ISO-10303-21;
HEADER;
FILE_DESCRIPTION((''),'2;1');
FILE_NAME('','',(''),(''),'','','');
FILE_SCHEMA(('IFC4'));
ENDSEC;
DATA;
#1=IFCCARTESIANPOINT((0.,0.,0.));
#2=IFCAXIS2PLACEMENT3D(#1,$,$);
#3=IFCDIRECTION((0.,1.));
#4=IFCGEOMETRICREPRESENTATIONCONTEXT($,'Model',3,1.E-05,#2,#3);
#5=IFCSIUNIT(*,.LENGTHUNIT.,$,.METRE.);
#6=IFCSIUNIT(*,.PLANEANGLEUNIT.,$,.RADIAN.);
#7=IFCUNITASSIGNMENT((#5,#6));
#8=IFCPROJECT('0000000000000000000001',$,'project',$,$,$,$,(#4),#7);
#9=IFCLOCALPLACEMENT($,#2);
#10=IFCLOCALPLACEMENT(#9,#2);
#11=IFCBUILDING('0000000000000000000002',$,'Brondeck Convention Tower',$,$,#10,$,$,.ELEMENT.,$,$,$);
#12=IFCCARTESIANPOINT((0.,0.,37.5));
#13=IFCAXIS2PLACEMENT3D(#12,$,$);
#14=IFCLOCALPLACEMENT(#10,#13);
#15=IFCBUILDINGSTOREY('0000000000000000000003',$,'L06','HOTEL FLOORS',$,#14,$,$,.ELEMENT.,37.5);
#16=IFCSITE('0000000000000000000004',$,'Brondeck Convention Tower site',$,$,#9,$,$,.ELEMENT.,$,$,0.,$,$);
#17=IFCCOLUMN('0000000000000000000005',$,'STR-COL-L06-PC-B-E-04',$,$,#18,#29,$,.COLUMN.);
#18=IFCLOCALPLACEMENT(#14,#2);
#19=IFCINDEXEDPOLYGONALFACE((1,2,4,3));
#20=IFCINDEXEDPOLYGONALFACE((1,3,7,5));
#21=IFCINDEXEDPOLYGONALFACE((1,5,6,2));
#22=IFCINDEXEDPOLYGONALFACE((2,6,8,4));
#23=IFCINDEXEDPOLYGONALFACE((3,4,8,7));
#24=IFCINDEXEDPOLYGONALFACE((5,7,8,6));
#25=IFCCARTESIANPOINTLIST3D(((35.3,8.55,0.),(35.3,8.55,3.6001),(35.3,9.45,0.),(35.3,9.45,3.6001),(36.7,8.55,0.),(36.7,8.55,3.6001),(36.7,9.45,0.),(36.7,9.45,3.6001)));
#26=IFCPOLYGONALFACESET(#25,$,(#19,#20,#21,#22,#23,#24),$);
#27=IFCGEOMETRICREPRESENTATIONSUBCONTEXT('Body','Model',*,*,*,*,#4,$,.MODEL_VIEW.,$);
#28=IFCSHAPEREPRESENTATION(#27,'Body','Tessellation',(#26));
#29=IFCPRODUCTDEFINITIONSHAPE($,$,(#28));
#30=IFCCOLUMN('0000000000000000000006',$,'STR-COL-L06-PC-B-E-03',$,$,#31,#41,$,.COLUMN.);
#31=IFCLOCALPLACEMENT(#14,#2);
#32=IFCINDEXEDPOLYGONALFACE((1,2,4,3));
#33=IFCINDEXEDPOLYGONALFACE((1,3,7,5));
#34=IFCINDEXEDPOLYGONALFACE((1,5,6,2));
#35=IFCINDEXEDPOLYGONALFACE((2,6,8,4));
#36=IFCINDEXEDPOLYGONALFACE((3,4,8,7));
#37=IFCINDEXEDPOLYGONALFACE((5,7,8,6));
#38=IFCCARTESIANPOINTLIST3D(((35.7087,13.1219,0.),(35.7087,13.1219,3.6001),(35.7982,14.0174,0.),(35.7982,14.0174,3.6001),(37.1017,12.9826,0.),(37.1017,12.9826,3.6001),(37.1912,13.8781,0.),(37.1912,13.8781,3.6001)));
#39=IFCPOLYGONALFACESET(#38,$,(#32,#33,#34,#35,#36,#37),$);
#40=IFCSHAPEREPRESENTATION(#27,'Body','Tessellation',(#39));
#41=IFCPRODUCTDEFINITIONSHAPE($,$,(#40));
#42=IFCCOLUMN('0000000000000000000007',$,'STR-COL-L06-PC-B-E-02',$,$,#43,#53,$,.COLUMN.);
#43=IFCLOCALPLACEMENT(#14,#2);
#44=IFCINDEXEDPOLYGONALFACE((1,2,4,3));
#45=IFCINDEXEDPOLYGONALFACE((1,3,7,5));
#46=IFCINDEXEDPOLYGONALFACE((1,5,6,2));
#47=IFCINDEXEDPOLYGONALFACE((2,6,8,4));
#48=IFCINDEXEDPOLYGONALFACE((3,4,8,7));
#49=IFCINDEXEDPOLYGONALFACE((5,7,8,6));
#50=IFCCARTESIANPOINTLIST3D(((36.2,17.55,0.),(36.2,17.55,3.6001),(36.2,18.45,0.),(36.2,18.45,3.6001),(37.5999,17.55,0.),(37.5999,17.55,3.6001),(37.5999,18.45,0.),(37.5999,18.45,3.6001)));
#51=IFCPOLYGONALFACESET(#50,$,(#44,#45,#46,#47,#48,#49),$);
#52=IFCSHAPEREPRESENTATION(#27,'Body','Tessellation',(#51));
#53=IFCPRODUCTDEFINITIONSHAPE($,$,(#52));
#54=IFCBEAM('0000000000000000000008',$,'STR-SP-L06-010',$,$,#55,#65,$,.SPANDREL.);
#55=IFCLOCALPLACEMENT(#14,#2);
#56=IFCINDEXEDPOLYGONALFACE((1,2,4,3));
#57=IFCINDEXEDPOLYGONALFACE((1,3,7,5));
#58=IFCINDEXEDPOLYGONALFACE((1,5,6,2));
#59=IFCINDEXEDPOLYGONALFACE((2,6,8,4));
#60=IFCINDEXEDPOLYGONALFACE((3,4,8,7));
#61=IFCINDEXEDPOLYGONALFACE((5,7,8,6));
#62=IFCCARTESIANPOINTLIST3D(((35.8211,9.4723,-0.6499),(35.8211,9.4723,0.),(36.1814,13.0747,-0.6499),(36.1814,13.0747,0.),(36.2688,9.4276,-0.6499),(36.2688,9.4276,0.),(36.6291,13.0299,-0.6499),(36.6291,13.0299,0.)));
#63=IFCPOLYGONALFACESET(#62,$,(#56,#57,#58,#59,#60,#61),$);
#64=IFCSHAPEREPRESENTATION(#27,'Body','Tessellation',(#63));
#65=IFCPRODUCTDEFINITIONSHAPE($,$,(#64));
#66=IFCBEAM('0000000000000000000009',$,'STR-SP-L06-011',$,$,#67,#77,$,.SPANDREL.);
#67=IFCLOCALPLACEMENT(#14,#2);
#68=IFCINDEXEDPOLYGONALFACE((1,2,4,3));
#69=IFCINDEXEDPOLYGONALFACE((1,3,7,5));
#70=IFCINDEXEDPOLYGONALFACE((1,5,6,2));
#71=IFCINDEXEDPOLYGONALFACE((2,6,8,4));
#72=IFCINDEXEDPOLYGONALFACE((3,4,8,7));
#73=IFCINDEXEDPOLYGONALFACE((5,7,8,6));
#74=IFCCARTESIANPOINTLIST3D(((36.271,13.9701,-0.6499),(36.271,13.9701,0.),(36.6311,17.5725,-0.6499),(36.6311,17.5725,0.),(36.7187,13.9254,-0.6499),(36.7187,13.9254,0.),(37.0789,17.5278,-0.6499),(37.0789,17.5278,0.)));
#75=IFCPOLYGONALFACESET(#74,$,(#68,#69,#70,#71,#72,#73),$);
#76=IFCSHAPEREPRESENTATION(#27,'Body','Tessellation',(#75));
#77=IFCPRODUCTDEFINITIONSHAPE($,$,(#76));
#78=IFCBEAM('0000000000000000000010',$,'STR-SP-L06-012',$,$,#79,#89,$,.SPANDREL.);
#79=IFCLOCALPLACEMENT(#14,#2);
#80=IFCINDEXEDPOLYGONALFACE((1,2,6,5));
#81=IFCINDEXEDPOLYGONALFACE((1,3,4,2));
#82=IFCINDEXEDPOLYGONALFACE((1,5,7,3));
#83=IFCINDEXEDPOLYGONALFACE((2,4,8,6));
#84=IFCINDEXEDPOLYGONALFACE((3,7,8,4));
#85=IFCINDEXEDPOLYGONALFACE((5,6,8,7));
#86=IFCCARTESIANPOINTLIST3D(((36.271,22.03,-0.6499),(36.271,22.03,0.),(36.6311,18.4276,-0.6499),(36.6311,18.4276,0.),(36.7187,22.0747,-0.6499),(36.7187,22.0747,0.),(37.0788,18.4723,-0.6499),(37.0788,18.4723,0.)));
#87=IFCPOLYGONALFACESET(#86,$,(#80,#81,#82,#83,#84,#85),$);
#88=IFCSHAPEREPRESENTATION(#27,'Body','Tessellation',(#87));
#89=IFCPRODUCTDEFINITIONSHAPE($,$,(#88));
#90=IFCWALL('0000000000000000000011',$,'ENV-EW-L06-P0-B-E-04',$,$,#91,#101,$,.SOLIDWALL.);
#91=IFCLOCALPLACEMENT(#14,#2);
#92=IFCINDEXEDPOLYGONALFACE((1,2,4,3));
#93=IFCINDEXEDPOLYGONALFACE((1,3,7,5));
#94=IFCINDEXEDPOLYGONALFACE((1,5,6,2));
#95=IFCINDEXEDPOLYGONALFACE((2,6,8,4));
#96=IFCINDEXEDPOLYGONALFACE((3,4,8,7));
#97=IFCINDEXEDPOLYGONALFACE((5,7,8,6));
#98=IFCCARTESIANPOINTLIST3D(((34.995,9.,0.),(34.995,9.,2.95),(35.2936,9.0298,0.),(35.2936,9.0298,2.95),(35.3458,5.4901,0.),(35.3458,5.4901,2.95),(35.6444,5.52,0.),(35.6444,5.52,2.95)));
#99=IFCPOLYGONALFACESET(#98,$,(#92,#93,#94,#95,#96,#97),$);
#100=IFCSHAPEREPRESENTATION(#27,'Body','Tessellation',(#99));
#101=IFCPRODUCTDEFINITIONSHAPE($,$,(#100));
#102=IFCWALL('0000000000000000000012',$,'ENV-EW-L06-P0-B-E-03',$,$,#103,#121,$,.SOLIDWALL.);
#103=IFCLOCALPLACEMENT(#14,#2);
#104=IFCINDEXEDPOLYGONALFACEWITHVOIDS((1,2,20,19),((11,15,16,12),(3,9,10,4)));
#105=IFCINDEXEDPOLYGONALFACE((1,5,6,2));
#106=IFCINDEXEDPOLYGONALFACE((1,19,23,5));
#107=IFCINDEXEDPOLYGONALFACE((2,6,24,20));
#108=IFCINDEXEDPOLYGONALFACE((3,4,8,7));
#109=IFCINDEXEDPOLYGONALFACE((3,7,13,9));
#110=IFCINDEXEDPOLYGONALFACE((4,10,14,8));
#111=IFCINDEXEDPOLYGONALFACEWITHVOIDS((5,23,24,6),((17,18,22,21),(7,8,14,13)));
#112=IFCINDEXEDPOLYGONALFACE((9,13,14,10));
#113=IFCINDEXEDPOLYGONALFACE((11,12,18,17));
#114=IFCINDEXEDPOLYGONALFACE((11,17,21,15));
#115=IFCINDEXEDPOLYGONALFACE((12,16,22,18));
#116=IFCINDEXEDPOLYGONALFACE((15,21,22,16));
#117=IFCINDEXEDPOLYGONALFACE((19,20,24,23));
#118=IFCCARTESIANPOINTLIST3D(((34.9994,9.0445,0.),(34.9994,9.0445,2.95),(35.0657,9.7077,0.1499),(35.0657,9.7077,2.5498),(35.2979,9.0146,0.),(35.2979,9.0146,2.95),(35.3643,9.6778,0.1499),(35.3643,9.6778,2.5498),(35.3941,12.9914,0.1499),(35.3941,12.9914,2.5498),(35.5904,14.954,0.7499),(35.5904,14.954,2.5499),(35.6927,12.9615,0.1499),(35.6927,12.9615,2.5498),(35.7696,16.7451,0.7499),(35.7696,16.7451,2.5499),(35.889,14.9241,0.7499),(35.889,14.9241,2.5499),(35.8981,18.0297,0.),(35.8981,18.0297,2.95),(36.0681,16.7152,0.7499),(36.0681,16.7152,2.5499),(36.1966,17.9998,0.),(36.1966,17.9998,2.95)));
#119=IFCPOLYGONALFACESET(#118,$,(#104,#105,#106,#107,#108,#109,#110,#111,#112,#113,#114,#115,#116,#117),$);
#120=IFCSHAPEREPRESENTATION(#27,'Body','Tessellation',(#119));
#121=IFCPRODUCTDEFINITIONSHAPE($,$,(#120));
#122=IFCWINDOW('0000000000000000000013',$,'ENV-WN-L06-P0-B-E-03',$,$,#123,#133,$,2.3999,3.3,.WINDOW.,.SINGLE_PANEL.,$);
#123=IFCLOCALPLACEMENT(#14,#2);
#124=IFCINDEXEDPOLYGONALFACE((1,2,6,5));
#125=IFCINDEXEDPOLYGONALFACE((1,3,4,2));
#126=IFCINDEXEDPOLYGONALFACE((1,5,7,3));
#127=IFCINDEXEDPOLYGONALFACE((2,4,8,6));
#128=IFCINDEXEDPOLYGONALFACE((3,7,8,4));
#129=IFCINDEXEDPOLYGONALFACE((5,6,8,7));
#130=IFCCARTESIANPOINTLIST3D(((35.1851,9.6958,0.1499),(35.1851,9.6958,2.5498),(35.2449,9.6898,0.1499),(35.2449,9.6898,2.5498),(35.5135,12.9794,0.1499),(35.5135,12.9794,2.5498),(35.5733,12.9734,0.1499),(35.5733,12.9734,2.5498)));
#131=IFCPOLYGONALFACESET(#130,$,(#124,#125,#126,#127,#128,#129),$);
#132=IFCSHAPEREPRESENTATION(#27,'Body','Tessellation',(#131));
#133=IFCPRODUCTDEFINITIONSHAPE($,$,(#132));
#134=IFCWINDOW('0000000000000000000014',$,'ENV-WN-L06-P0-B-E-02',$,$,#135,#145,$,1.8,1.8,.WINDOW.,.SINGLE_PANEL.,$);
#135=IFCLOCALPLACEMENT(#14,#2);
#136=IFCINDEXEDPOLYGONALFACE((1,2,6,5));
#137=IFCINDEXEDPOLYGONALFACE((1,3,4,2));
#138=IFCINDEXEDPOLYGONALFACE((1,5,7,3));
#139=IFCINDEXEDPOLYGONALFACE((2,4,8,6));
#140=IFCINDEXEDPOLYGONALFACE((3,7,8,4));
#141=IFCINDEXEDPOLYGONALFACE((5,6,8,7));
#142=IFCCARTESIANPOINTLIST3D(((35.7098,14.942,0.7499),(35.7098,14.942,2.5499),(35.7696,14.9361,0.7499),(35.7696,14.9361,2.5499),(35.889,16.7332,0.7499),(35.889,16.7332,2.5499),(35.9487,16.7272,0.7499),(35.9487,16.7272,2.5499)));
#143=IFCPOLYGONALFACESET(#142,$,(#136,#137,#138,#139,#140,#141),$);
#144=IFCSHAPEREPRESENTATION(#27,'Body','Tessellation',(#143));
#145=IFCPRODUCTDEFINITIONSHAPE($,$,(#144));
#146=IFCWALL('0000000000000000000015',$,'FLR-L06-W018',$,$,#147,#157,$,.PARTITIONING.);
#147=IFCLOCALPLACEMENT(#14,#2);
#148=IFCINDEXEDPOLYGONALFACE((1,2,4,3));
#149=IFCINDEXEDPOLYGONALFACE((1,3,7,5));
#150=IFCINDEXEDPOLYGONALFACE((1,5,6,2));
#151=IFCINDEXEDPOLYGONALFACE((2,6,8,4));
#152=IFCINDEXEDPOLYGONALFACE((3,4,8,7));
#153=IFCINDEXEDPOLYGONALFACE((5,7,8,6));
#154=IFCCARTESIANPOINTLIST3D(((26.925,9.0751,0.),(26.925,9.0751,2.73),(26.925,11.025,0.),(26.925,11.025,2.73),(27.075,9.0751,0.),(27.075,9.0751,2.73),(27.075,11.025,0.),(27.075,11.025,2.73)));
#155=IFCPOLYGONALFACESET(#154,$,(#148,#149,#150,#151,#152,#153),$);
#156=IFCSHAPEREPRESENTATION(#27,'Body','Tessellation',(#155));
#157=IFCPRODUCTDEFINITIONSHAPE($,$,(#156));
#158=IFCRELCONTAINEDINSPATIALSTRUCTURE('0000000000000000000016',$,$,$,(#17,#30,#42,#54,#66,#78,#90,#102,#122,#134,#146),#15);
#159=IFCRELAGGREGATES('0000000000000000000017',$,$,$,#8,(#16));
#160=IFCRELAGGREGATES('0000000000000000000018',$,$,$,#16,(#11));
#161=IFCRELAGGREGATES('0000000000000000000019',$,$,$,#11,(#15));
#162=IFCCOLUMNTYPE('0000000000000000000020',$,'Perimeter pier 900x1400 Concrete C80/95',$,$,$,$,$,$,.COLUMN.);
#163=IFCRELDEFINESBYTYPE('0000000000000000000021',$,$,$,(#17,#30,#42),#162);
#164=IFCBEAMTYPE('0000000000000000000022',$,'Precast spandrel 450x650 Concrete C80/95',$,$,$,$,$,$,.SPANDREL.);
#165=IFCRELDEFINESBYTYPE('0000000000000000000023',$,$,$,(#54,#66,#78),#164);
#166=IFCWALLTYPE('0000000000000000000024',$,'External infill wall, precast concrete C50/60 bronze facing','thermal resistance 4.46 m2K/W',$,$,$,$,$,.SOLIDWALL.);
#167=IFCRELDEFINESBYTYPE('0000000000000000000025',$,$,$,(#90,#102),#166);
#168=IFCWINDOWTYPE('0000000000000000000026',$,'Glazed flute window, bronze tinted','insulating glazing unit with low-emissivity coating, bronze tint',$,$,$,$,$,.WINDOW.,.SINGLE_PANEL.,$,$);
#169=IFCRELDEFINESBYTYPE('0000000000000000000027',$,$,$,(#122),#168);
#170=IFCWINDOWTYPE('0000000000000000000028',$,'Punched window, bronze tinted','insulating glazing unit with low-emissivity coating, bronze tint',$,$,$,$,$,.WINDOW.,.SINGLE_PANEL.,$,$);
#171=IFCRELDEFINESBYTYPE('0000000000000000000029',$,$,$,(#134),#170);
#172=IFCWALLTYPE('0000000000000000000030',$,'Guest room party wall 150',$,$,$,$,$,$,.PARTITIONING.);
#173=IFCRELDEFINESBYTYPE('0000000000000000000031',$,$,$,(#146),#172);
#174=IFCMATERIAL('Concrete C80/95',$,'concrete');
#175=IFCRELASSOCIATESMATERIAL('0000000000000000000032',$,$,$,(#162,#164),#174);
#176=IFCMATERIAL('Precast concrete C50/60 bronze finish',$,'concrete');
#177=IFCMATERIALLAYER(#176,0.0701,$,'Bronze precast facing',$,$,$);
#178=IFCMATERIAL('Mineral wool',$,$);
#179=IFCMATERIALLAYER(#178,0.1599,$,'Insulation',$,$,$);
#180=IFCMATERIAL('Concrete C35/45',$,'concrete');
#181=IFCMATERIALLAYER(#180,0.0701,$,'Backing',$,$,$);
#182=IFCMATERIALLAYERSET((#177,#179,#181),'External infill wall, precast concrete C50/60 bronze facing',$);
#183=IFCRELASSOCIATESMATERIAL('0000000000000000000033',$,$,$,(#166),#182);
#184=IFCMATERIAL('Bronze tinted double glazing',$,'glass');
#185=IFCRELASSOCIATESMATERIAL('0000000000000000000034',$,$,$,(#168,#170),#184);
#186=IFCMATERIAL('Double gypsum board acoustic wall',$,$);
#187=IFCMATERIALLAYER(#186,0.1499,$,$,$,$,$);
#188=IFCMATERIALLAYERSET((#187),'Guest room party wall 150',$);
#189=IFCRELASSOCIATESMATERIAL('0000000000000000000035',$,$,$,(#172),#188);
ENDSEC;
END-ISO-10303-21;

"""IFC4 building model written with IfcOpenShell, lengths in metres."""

from ifc_helpers import new_model, si_unit, direction, frame, frame_2d, origin, origin_2d, place, context, subcontext, project, spatial, rectangle, extrude, material, layer, layer_set, material_profile, profile_set, type_object, element, fill, save


model = new_model("IFC4")

# Units and contexts
model_context = context("Model", 3, precision=1e-05, world=origin(), true_north=direction((0.0, 1.0)))
body_context = subcontext(model_context, "Body", "Model", "MODEL_VIEW")
ifc_project = project(units=[si_unit("LENGTHUNIT", "METRE"), si_unit("PLANEANGLEUNIT", "RADIAN")], contexts=[model_context])

# Site, building, storey
site_placement = place(None, origin())
site = spatial("IfcSite", under=ifc_project, at=site_placement, Name="Brondeck Convention Tower site", CompositionType="ELEMENT", RefElevation=0.0)
building_placement = place(site_placement, origin())
building = spatial("IfcBuilding", under=site, at=building_placement, Name="Brondeck Convention Tower", CompositionType="ELEMENT")
storey_placement = place(building_placement, frame((0.0, 0.0, 37.5)))
storey = spatial("IfcBuildingStorey", under=building, at=storey_placement, Name="L06", Description="HOTEL FLOORS", CompositionType="ELEMENT", Elevation=37.5)

# Columns
ifc_material_1 = material(Name="Concrete C80/95", Category="concrete")
ifc_material_profile_1 = material_profile(ifc_material_1, rectangle(XDim=0.8999, YDim=1.3999, at=origin_2d()), Name="Perimeter pier 900x1400 Concrete C80/95")
ifc_profile_set_1 = profile_set([ifc_material_profile_1], Name="Concrete C80/95")
column_type = type_object("IfcColumnType", Name="Perimeter pier 900x1400 Concrete C80/95", PredefinedType="COLUMN", material=ifc_profile_set_1)
for number, where, z_axis, x_axis, name in (
    (1, (36.0, 9.0, 0.0), (0.0, 0.0, 1.0), (0.0, 1.0, 0.0), "STR-COL-L06-PC-B-E-04"),
    (2, (36.45, 13.5, 0.0), (0.0, 0.0, 1.0), (0.099504, 0.995037, 0.0), "STR-COL-L06-PC-B-E-03"),
    (3, (36.8999, 18.0, 0.0), (0.0, 0.0, 1.0), (0.0, 1.0, 0.0), "STR-COL-L06-PC-B-E-02"),
):
    element("IfcColumn", number, at=place(storey_placement, frame(where, z_axis=z_axis, x_axis=x_axis)), inside=storey, type_object=column_type, Name=name, PredefinedType="COLUMN", context=body_context, shape_type="SweptSolid", body=[
        extrude(rectangle(XDim=0.8999, YDim=1.3999, at=origin_2d()), origin(), (0.0, 0.0, 1.0), 3.6001),
    ])

# Beams
ifc_material_profile_2 = material_profile(ifc_material_1, rectangle(XDim=0.45, YDim=0.6499, at=origin_2d()), Name="Precast spandrel 450x650 Concrete C80/95")
ifc_profile_set_2 = profile_set([ifc_material_profile_2], Name="Concrete C80/95")
beam_type = type_object("IfcBeamType", Name="Precast spandrel 450x650 Concrete C80/95", PredefinedType="SPANDREL", material=ifc_profile_set_2)
for number, where, z_axis, x_axis, name in (
    (4, (36.0449, 9.45, -0.325), (0.099537, 0.995034, 0.0), (-0.995034, 0.099537, 0.0), "STR-SP-L06-010"),
    (5, (36.4949, 13.9478, -0.325), (0.09947, 0.995041, 0.0), (-0.995041, 0.09947, 0.0), "STR-SP-L06-011"),
    (6, (36.855, 18.45, -0.325), (-0.09947, 0.995041, 0.0), (-0.995041, -0.09947, 0.0), "STR-SP-L06-012"),
):
    element("IfcBeam", number, at=place(storey_placement, frame(where, z_axis=z_axis, x_axis=x_axis)), inside=storey, type_object=beam_type, Name=name, PredefinedType="SPANDREL", context=body_context, shape_type="SweptSolid", body=[
        extrude(rectangle(XDim=0.45, YDim=0.6499, at=origin_2d()), origin(), (0.0, 0.0, 1.0), 3.6204),
    ])

# Wall
ifc_material_2 = material(Name="Precast concrete C50/60 bronze finish", Category="concrete")
ifc_layer_1 = layer(ifc_material_2, 0.0701, Name="Bronze precast facing")
ifc_material_3 = material(Name="Mineral wool")
ifc_layer_2 = layer(ifc_material_3, 0.1599, Name="Insulation")
ifc_material_4 = material(Name="Concrete C35/45", Category="concrete")
ifc_layer_3 = layer(ifc_material_4, 0.0701, Name="Backing")
ifc_layer_set_1 = layer_set([ifc_layer_1, ifc_layer_2, ifc_layer_3], Name="External infill wall, precast concrete C50/60 bronze facing")
wall_type_1 = type_object("IfcWallType", Name="External infill wall, precast concrete C50/60 bronze facing", Description="thermal resistance 4.46 m2K/W", PredefinedType="SOLIDWALL", material=ifc_layer_set_1)
wall_1_placement = place(storey_placement, frame((35.1443, 9.0149, 0.0), z_axis=(0.0, 0.0, 1.0), x_axis=(0.099463, -0.995041, 0.0)))
element("IfcWall", 7, at=wall_1_placement, inside=storey, type_object=wall_type_1, Name="ENV-EW-L06-P0-B-E-04", PredefinedType="SOLIDWALL", context=body_context, shape_type="SweptSolid", body=[
    extrude(rectangle(XDim=3.5273, YDim=0.3, at=frame_2d((1.7637, 0.0))), origin(), (0.0, 0.0, 1.0), 2.95),
])

# Wall, openings, windows
wall_2_placement = place(storey_placement, frame((36.0474, 18.0149, 0.0), z_axis=(0.0, 0.0, 1.0), x_axis=(-0.099522, -0.995035, 0.0)))
wall_2 = element("IfcWall", 8, at=wall_2_placement, inside=storey, type_object=wall_type_1, Name="ENV-EW-L06-P0-B-E-03", PredefinedType="SOLIDWALL", context=body_context, shape_type="SweptSolid", body=[
    extrude(rectangle(XDim=9.03, YDim=0.3, at=frame_2d((4.5151, 0.0))), origin(), (0.0, 0.0, 1.0), 2.95),
])
opening_1_placement = place(wall_2_placement, frame((1.2913, 0.0, 0.75)))
opening_1 = element("IfcOpeningElement", 9, at=opening_1_placement, cuts=wall_2, PredefinedType="OPENING", context=body_context, shape_type="SweptSolid", body=[
    extrude(rectangle(XDim=1.8, YDim=1.8, at=frame_2d((0.8999, 0.8999))), frame((0.0, 0.1599, 0.0), z_axis=(0.0, -1.0, 0.0), x_axis=(1.0, 0.0, 0.0)), (0.0, 0.0, 1.0), 0.3201),
])
opening_2_placement = place(wall_2_placement, frame((5.0637, 0.0, 0.1499)))
opening_2 = element("IfcOpeningElement", 10, at=opening_2_placement, cuts=wall_2, PredefinedType="OPENING", context=body_context, shape_type="SweptSolid", body=[
    extrude(rectangle(XDim=3.3, YDim=2.3999, at=frame_2d((1.6499, 1.2))), frame((0.0, 0.1599, 0.0), z_axis=(0.0, -1.0, 0.0), x_axis=(1.0, 0.0, 0.0)), (0.0, 0.0, 1.0), 0.3201),
])
ifc_material_5 = material(Name="Bronze tinted double glazing", Category="glass")
window_type_1 = type_object("IfcWindowType", Name="Glazed flute window, bronze tinted", Description="insulating glazing unit with low-emissivity coating, bronze tint", PartitioningType="SINGLE_PANEL", PredefinedType="WINDOW", material=ifc_material_5)
window_1_placement = place(opening_2_placement, origin())
window_1 = element("IfcWindow", 11, at=window_1_placement, inside=storey, type_object=window_type_1, Name="ENV-WN-L06-P0-B-E-03", OverallHeight=2.3999, OverallWidth=3.3, PartitioningType="SINGLE_PANEL", PredefinedType="WINDOW", context=body_context, shape_type="SweptSolid", body=[
    extrude(rectangle(XDim=3.3, YDim=2.3999, at=frame_2d((1.6499, 1.2))), frame((0.0, 0.03, 0.0), z_axis=(0.0, -1.0, 0.0), x_axis=(1.0, 0.0, 0.0)), (0.0, 0.0, 1.0), 0.0601),
])
fill(opening_2, window_1)
window_type_2 = type_object("IfcWindowType", Name="Punched window, bronze tinted", Description="insulating glazing unit with low-emissivity coating, bronze tint", PartitioningType="SINGLE_PANEL", PredefinedType="WINDOW", material=ifc_material_5)
window_2_placement = place(opening_1_placement, origin())
window_2 = element("IfcWindow", 12, at=window_2_placement, inside=storey, type_object=window_type_2, Name="ENV-WN-L06-P0-B-E-02", OverallHeight=1.8, OverallWidth=1.8, PartitioningType="SINGLE_PANEL", PredefinedType="WINDOW", context=body_context, shape_type="SweptSolid", body=[
    extrude(rectangle(XDim=1.8, YDim=1.8, at=frame_2d((0.8999, 0.8999))), frame((0.0, 0.03, 0.0), z_axis=(0.0, -1.0, 0.0), x_axis=(1.0, 0.0, 0.0)), (0.0, 0.0, 1.0), 0.0601),
])
fill(opening_1, window_2)

# Wall
ifc_material_6 = material(Name="Double gypsum board acoustic wall")
ifc_layer_4 = layer(ifc_material_6, 0.1499)
ifc_layer_set_2 = layer_set([ifc_layer_4], Name="Guest room party wall 150")
wall_type_2 = type_object("IfcWallType", Name="Guest room party wall 150", PredefinedType="PARTITIONING", material=ifc_layer_set_2)
wall_3_placement = place(storey_placement, frame((27.0, 9.075, 0.0), z_axis=(0.0, 0.0, 1.0), x_axis=(0.0, 1.0, 0.0)))
element("IfcWall", 13, at=wall_3_placement, inside=storey, type_object=wall_type_2, Name="FLR-L06-W018", PredefinedType="PARTITIONING", context=body_context, shape_type="SweptSolid", body=[
    extrude(rectangle(XDim=1.95, YDim=0.1499, at=frame_2d((0.9751, 0.0))), origin(), (0.0, 0.0, 1.0), 2.73),
])

save(model, "model.ifc")
